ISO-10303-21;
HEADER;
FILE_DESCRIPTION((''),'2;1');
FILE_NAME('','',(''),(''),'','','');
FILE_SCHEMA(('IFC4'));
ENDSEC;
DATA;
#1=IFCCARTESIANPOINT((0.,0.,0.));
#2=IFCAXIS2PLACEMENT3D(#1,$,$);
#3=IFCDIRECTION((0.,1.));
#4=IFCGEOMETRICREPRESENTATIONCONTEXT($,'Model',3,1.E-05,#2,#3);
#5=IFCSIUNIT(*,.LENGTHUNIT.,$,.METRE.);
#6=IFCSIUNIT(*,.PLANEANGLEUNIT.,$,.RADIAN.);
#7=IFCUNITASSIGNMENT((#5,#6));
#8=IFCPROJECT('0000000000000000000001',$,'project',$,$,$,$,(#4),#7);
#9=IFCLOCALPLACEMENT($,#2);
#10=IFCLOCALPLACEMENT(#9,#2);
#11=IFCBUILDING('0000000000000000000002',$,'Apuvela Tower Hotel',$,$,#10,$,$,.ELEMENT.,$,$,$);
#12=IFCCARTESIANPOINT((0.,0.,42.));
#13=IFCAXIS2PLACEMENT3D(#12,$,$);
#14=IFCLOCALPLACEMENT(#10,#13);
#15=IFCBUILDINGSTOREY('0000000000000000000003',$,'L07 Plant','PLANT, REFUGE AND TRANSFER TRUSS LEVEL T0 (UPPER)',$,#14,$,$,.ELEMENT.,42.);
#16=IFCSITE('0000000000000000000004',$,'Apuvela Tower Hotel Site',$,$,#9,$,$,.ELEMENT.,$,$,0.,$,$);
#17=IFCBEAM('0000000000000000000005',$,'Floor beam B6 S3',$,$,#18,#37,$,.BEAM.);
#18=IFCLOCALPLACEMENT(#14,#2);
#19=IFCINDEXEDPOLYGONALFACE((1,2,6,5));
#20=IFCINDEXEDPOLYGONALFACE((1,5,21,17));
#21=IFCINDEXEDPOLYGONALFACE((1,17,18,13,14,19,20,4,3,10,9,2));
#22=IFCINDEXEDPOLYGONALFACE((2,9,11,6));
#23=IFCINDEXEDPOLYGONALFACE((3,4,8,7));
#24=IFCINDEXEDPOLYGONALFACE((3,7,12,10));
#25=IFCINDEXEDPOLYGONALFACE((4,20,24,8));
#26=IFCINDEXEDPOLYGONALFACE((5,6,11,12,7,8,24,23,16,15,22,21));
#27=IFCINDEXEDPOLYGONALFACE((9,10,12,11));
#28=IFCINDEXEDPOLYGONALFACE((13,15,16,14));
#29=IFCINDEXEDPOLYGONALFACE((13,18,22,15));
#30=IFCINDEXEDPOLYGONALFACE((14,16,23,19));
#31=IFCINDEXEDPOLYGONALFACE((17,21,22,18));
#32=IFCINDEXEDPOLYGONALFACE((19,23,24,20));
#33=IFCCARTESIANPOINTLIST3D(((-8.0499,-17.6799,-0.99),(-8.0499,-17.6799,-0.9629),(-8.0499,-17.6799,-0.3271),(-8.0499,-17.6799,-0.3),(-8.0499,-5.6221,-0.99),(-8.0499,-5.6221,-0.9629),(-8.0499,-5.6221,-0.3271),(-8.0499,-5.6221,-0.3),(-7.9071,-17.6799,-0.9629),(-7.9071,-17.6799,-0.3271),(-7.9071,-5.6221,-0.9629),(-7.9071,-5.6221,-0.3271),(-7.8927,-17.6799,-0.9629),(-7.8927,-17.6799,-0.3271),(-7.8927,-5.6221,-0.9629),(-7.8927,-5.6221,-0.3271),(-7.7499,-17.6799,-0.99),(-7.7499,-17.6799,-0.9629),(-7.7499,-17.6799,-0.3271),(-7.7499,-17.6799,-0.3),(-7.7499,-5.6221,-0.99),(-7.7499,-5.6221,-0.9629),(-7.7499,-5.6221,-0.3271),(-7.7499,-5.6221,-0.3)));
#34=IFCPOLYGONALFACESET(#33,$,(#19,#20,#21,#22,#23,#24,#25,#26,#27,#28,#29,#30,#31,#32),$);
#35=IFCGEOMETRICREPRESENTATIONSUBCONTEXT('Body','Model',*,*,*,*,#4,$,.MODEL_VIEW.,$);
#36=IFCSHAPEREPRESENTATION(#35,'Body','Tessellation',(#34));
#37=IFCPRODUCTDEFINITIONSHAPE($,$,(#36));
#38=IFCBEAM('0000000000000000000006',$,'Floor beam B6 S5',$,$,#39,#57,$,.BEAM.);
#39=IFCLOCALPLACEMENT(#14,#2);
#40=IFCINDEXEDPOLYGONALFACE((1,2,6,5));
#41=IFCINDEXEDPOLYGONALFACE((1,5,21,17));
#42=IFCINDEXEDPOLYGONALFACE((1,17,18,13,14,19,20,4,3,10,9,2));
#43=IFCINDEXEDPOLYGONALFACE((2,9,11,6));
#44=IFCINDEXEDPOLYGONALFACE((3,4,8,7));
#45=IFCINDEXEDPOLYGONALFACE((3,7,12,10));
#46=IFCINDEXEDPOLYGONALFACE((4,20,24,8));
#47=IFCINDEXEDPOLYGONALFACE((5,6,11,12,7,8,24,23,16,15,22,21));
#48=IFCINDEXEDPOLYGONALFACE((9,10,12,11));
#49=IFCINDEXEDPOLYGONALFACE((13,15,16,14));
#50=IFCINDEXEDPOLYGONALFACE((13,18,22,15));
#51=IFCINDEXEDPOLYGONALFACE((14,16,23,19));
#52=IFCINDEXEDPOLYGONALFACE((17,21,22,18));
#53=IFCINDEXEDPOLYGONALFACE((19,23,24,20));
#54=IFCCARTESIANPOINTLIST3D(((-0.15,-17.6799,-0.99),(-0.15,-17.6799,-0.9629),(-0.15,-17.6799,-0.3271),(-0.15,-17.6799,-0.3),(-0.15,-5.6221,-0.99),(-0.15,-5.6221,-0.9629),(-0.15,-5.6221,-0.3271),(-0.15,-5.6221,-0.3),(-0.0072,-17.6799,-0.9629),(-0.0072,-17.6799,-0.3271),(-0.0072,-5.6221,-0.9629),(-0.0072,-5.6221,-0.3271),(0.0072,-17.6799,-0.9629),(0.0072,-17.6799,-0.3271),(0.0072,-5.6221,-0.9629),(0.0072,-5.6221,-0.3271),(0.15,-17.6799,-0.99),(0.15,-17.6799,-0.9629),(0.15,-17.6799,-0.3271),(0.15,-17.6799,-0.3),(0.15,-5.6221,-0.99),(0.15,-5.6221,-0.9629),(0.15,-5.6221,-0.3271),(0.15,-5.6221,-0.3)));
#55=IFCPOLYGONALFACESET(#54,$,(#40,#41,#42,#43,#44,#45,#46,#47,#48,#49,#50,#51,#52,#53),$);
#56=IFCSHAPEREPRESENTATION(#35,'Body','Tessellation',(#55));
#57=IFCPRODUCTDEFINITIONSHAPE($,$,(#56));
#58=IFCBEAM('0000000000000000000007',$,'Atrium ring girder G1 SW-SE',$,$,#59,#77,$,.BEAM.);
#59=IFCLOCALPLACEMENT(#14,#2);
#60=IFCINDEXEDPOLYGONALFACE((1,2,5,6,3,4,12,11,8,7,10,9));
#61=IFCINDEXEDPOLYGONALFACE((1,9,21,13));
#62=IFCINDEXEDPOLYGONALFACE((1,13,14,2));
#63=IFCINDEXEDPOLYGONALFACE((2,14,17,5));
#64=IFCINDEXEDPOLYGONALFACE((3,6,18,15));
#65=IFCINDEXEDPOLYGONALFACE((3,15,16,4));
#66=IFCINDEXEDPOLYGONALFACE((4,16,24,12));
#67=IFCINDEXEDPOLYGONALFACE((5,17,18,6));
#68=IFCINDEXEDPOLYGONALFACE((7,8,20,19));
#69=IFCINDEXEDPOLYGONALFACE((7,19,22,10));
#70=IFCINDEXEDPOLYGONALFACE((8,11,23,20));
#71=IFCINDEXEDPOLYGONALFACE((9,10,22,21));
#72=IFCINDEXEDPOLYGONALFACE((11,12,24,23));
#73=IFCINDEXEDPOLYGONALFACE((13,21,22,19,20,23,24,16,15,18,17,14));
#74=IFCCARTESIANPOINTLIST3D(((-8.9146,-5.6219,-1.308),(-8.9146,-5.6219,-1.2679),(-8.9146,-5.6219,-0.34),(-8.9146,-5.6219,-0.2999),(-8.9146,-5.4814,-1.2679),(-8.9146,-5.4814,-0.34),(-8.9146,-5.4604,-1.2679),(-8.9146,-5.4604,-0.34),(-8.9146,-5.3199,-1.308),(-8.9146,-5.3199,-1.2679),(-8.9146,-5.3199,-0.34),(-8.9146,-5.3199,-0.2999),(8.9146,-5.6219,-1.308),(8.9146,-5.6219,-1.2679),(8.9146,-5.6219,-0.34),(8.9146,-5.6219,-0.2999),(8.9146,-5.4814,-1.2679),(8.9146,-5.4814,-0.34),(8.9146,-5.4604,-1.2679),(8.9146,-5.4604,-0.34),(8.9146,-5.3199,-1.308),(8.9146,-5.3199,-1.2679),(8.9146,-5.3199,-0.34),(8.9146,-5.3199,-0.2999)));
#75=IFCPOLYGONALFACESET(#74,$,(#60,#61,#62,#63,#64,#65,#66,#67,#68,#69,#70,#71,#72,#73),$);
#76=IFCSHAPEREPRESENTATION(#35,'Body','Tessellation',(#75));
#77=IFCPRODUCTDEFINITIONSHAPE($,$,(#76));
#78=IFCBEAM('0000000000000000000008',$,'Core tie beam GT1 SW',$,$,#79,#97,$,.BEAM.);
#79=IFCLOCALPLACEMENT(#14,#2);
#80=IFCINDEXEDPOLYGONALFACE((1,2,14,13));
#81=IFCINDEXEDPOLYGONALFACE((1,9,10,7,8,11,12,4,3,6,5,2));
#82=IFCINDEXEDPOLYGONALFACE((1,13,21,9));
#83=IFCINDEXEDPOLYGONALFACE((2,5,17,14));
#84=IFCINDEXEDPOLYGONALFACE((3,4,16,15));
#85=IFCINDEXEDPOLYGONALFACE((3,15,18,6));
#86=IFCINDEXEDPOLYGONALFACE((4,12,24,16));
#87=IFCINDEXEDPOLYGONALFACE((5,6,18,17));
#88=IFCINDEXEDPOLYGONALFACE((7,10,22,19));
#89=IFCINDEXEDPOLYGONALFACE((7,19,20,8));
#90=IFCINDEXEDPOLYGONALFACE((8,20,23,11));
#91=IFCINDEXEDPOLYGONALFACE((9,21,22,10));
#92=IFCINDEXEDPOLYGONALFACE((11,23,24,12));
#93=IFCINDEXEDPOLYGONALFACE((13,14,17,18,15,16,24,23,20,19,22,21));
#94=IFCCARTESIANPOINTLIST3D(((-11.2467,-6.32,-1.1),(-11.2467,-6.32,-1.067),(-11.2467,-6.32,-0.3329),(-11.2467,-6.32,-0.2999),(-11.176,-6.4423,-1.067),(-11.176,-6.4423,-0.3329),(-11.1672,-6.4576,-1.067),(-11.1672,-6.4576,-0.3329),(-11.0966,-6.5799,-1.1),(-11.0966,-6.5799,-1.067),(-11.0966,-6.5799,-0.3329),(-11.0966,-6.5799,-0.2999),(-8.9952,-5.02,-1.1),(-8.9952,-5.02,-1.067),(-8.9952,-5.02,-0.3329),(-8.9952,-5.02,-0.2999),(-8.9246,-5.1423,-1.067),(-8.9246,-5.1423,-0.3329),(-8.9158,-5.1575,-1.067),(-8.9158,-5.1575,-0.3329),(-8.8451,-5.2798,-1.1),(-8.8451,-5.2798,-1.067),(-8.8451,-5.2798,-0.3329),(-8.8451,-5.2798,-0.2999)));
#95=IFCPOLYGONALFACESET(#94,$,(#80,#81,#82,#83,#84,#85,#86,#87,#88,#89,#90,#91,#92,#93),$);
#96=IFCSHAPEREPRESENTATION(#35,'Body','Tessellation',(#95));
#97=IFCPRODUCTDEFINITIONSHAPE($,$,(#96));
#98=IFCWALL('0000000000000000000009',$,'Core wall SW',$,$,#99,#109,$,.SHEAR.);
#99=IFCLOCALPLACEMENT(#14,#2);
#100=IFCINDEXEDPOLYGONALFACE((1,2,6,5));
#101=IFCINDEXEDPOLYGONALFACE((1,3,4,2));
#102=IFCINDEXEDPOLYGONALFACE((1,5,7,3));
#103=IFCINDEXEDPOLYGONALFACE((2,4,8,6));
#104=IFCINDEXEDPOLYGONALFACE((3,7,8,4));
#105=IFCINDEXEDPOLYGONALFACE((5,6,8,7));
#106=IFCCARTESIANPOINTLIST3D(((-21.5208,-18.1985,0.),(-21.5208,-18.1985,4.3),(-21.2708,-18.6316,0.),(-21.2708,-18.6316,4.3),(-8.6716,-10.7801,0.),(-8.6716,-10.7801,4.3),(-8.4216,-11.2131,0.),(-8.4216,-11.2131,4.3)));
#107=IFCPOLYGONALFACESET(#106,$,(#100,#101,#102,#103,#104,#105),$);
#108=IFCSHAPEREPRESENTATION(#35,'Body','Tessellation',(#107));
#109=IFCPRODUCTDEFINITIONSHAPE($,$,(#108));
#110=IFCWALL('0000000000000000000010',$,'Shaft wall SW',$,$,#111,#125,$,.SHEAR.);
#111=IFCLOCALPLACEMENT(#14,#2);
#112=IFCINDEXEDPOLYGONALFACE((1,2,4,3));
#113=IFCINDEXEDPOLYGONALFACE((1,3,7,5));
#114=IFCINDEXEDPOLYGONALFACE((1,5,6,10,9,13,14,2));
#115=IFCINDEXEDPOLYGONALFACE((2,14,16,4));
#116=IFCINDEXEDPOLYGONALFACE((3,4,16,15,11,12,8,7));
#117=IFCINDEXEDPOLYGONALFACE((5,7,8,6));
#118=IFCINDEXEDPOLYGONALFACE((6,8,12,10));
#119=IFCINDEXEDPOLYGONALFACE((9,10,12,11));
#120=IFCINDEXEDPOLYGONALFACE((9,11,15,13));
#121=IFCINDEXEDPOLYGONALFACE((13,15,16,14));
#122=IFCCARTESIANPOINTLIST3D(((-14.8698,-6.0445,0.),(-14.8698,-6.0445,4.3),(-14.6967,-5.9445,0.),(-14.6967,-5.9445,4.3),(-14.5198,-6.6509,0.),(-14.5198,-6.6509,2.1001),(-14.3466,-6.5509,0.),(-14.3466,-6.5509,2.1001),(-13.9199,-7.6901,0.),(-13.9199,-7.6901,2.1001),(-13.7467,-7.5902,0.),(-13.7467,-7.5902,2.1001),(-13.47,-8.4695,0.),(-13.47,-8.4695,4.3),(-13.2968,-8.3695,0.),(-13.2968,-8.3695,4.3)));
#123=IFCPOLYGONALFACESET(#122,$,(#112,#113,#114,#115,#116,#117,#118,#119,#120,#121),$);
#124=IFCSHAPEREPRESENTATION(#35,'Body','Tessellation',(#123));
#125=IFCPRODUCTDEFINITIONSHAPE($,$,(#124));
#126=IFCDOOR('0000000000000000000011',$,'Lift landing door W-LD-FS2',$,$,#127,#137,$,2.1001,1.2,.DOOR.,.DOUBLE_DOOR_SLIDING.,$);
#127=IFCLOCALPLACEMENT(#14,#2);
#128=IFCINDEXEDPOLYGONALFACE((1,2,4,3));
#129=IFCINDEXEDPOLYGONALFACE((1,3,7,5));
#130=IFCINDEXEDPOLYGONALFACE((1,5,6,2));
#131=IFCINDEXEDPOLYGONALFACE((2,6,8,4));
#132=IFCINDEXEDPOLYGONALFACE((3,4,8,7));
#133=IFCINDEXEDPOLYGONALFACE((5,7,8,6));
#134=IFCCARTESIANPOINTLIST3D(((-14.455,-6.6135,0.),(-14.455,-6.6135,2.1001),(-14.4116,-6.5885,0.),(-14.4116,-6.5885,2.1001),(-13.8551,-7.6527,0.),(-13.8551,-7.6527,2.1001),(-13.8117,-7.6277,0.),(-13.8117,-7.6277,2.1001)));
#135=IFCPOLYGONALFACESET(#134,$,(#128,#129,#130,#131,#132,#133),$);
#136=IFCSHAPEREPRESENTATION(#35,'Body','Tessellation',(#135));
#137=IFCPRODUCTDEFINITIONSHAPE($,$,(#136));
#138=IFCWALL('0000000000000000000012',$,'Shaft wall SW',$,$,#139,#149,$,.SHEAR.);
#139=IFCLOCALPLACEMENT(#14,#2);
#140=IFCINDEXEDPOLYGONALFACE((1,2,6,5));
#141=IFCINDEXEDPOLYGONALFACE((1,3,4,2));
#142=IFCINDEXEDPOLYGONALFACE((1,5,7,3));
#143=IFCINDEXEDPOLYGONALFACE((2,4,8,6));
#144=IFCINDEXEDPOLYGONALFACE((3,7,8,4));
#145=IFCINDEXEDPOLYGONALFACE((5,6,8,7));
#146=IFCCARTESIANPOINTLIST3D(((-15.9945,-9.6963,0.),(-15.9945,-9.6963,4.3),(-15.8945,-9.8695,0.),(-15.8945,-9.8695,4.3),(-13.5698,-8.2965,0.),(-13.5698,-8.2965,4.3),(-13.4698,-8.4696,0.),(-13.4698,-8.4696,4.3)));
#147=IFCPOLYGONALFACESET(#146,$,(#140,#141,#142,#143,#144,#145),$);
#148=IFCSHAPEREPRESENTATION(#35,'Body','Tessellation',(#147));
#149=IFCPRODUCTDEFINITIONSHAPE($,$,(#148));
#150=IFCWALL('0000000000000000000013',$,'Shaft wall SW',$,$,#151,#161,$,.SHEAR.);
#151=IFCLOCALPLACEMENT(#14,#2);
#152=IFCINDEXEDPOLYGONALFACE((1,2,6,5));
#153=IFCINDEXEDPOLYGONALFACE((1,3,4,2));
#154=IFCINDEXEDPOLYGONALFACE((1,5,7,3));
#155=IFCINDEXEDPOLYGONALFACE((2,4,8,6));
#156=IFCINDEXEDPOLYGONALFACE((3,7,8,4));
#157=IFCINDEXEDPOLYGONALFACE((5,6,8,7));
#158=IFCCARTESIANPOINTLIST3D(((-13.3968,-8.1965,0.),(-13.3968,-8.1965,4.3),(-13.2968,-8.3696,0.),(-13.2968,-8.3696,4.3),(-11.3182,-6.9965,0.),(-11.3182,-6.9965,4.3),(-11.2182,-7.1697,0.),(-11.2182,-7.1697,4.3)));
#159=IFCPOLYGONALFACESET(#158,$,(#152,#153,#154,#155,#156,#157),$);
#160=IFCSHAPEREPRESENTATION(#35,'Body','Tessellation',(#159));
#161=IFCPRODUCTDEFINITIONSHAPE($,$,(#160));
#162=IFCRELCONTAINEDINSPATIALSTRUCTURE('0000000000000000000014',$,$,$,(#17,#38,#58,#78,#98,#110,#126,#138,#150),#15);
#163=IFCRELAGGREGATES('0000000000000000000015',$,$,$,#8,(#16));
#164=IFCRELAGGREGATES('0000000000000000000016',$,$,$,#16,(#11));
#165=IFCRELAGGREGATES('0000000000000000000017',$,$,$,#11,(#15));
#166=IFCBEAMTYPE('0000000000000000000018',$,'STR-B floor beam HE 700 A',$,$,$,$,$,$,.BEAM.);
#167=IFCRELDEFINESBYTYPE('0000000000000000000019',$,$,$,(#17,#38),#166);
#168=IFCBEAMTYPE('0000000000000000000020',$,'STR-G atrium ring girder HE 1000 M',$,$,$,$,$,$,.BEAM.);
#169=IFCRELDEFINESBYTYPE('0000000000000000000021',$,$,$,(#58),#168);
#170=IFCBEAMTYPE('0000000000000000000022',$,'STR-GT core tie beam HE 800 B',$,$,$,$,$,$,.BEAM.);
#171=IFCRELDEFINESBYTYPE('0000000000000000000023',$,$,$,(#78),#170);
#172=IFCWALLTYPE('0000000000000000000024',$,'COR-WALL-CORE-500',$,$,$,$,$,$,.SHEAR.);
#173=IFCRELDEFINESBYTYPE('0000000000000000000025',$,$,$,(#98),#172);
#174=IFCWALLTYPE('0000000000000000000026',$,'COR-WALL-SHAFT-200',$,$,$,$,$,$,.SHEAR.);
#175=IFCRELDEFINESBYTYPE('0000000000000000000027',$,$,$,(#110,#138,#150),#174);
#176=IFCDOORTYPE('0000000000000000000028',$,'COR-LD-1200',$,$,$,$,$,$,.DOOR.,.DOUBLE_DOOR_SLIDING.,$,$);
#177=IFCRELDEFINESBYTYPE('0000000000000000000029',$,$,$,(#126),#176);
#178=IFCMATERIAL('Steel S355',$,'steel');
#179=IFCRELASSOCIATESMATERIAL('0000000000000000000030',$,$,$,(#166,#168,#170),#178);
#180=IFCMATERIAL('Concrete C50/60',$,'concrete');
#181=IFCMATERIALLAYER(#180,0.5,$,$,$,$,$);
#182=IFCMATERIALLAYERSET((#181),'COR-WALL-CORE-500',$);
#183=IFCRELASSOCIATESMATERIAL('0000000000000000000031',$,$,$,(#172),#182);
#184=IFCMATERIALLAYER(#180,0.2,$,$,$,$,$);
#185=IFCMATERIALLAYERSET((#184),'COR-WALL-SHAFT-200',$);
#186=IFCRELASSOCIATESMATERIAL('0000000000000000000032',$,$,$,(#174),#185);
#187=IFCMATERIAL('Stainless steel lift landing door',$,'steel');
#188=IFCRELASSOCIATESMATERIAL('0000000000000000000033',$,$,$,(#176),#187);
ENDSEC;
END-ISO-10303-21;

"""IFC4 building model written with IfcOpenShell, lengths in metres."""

from ifc_helpers import new_model, si_unit, direction, frame, frame_2d, origin, origin_2d, place, context, subcontext, project, spatial, rectangle, i_section, extrude, material, layer, layer_set, material_profile, profile_set, type_object, element, fill, save


model = new_model("IFC4")

# Units and contexts
model_context = context("Model", 3, precision=1e-05, world=origin(), true_north=direction((0.0, 1.0)))
body_context = subcontext(model_context, "Body", "Model", "MODEL_VIEW")
ifc_project = project(units=[si_unit("LENGTHUNIT", "METRE"), si_unit("PLANEANGLEUNIT", "RADIAN")], contexts=[model_context])

# Site, building, storey
site_placement = place(None, origin())
site = spatial("IfcSite", under=ifc_project, at=site_placement, Name="Apuvela Tower Hotel Site", CompositionType="ELEMENT", RefElevation=0.0)
building_placement = place(site_placement, origin())
building = spatial("IfcBuilding", under=site, at=building_placement, Name="Apuvela Tower Hotel", CompositionType="ELEMENT")
storey_placement = place(building_placement, frame((0.0, 0.0, 42.0)))
storey = spatial("IfcBuildingStorey", under=building, at=storey_placement, Name="L07 Plant", Description="PLANT, REFUGE AND TRANSFER TRUSS LEVEL T0 (UPPER)", CompositionType="ELEMENT", Elevation=42.0)

# Beams
ifc_material_1 = material(Name="Steel S355", Category="steel")
ifc_material_profile_1 = material_profile(ifc_material_1, i_section(OverallWidth=0.3, OverallDepth=0.6899, WebThickness=0.0144, FlangeThickness=0.0271, at=origin_2d()), Name="HE 700 A")
ifc_profile_set_1 = profile_set([ifc_material_profile_1], Name="Steel S355")
beam_type_1 = type_object("IfcBeamType", Name="STR-B floor beam HE 700 A", PredefinedType="BEAM", material=ifc_profile_set_1)
for number, where, z_axis, x_axis, name in (
    (1, (-7.8999, -17.6799, -0.645), (0.0, 1.0, 0.0), (-1.0, 0.0, 0.0), "Floor beam B6 S3"),
    (2, (0.0, -17.6799, -0.645), (0.0, 1.0, 0.0), (-1.0, 0.0, 0.0), "Floor beam B6 S5"),
):
    element("IfcBeam", number, at=place(storey_placement, frame(where, z_axis=z_axis, x_axis=x_axis)), inside=storey, type_object=beam_type_1, Name=name, PredefinedType="BEAM", context=body_context, shape_type="SweptSolid", body=[
        extrude(i_section(OverallWidth=0.3, OverallDepth=0.6899, WebThickness=0.0144, FlangeThickness=0.0271, at=origin_2d()), origin(), (0.0, 0.0, 1.0), 12.0579),
    ])
ifc_material_profile_2 = material_profile(ifc_material_1, i_section(OverallWidth=0.302, OverallDepth=1.0081, WebThickness=0.021, FlangeThickness=0.04, at=origin_2d()), Name="HE 1000 M")
ifc_profile_set_2 = profile_set([ifc_material_profile_2], Name="Steel S355")
beam_type_2 = type_object("IfcBeamType", Name="STR-G atrium ring girder HE 1000 M", PredefinedType="BEAM", material=ifc_profile_set_2)
beam_1_placement = place(storey_placement, frame((-8.9146, -5.4709, -0.804), z_axis=(1.0, 0.0, 0.0), x_axis=(0.0, 1.0, 0.0)))
element("IfcBeam", 3, at=beam_1_placement, inside=storey, type_object=beam_type_2, Name="Atrium ring girder G1 SW-SE", PredefinedType="BEAM", context=body_context, shape_type="SweptSolid", body=[
    extrude(i_section(OverallWidth=0.302, OverallDepth=1.0081, WebThickness=0.021, FlangeThickness=0.04, at=origin_2d()), origin(), (0.0, 0.0, 1.0), 17.8291),
])
ifc_material_profile_3 = material_profile(ifc_material_1, i_section(OverallWidth=0.3, OverallDepth=0.8, WebThickness=0.0176, FlangeThickness=0.033, at=origin_2d()), Name="HE 800 B")
ifc_profile_set_3 = profile_set([ifc_material_profile_3], Name="Steel S355")
beam_type_3 = type_object("IfcBeamType", Name="STR-GT core tie beam HE 800 B", PredefinedType="BEAM", material=ifc_profile_set_3)
beam_2_placement = place(storey_placement, frame((-11.1716, -6.45, -0.7), z_axis=(0.865998, 0.500048, 0.0), x_axis=(-0.500048, 0.865998, 0.0)))
element("IfcBeam", 4, at=beam_2_placement, inside=storey, type_object=beam_type_3, Name="Core tie beam GT1 SW", PredefinedType="BEAM", context=body_context, shape_type="SweptSolid", body=[
    extrude(i_section(OverallWidth=0.3, OverallDepth=0.8, WebThickness=0.0176, FlangeThickness=0.033, at=origin_2d()), origin(), (0.0, 0.0, 1.0), 2.5999),
])

# Wall
ifc_material_2 = material(Name="Concrete C50/60", Category="concrete")
ifc_layer_1 = layer(ifc_material_2, 0.5)
ifc_layer_set_1 = layer_set([ifc_layer_1], Name="COR-WALL-CORE-500")
wall_type_1 = type_object("IfcWallType", Name="COR-WALL-CORE-500", PredefinedType="SHEAR", material=ifc_layer_set_1)
wall_1_placement = place(storey_placement, frame((-8.5466, -10.9966, 0.0), z_axis=(0.0, 0.0, 1.0), x_axis=(-0.866025, -0.500001, 0.0)))
element("IfcWall", 5, at=wall_1_placement, inside=storey, type_object=wall_type_1, Name="Core wall SW", PredefinedType="SHEAR", context=body_context, shape_type="SweptSolid", body=[
    extrude(rectangle(XDim=14.8369, YDim=0.5, at=frame_2d((7.4185, 0.0))), origin(), (0.0, 0.0, 1.0), 4.3),
])

# Wall, opening, door
ifc_layer_2 = layer(ifc_material_2, 0.2)
ifc_layer_set_2 = layer_set([ifc_layer_2], Name="COR-WALL-SHAFT-200")
wall_type_2 = type_object("IfcWallType", Name="COR-WALL-SHAFT-200", PredefinedType="SHEAR", material=ifc_layer_set_2)
wall_2_placement = place(storey_placement, frame((-14.7832, -5.9946, 0.0), z_axis=(0.0, 0.0, 1.0), x_axis=(0.499946, -0.866056, 0.0)))
wall_2 = element("IfcWall", 6, at=wall_2_placement, inside=storey, type_object=wall_type_2, Name="Shaft wall SW", PredefinedType="SHEAR", context=body_context, shape_type="SweptSolid", body=[
    extrude(rectangle(XDim=2.8, YDim=0.2, at=frame_2d((1.3999, 0.0))), origin(), (0.0, 0.0, 1.0), 4.3),
])
opening_1_placement = place(wall_2_placement, frame((0.7, 0.0, 0.0)))
opening_1 = element("IfcOpeningElement", 7, at=opening_1_placement, cuts=wall_2, PredefinedType="OPENING", context=body_context, shape_type="SweptSolid", body=[
    extrude(rectangle(XDim=1.2, YDim=2.1001, at=frame_2d((0.6001, 1.05))), frame((0.0, 0.1099, 0.0), z_axis=(0.0, -1.0, 0.0), x_axis=(1.0, 0.0, 0.0)), (0.0, 0.0, 1.0), 0.22),
])
ifc_material_3 = material(Name="Stainless steel lift landing door", Category="steel")
door_type_1 = type_object("IfcDoorType", Name="COR-LD-1200", OperationType="DOUBLE_DOOR_SLIDING", PredefinedType="DOOR", material=ifc_material_3)
door_1_placement = place(opening_1_placement, origin())
door_1 = element("IfcDoor", 8, at=door_1_placement, inside=storey, type_object=door_type_1, Name="Lift landing door W-LD-FS2", OperationType="DOUBLE_DOOR_SLIDING", OverallHeight=2.1001, OverallWidth=1.2, PredefinedType="DOOR", context=body_context, shape_type="SweptSolid", body=[
    extrude(rectangle(XDim=1.2, YDim=2.1001, at=frame_2d((0.6001, 1.05))), frame((0.0, 0.0249, 0.0), z_axis=(0.0, -1.0, 0.0), x_axis=(1.0, 0.0, 0.0)), (0.0, 0.0, 1.0), 0.05),
])
fill(opening_1, door_1)

# Walls
wall_3_placement = place(storey_placement, frame((-13.5198, -8.3831, 0.0), z_axis=(0.0, 0.0, 1.0), x_axis=(-0.866035, -0.499984, 0.0)))
element("IfcWall", 9, at=wall_3_placement, inside=storey, type_object=wall_type_2, Name="Shaft wall SW", PredefinedType="SHEAR", context=body_context, shape_type="SweptSolid", body=[
    extrude(rectangle(XDim=2.7998, YDim=0.2, at=frame_2d((1.3999, 0.0))), origin(), (0.0, 0.0, 1.0), 4.3),
])
wall_4_placement = place(storey_placement, frame((-11.2681, -7.083, 0.0), z_axis=(0.0, 0.0, 1.0), x_axis=(-0.86605, -0.499957, 0.0)))
element("IfcWall", 10, at=wall_4_placement, inside=storey, type_object=wall_type_2, Name="Shaft wall SW", PredefinedType="SHEAR", context=body_context, shape_type="SweptSolid", body=[
    extrude(rectangle(XDim=2.4001, YDim=0.2, at=frame_2d((1.2002, 0.0))), origin(), (0.0, 0.0, 1.0), 4.3),
])

save(model, "model.ifc")
